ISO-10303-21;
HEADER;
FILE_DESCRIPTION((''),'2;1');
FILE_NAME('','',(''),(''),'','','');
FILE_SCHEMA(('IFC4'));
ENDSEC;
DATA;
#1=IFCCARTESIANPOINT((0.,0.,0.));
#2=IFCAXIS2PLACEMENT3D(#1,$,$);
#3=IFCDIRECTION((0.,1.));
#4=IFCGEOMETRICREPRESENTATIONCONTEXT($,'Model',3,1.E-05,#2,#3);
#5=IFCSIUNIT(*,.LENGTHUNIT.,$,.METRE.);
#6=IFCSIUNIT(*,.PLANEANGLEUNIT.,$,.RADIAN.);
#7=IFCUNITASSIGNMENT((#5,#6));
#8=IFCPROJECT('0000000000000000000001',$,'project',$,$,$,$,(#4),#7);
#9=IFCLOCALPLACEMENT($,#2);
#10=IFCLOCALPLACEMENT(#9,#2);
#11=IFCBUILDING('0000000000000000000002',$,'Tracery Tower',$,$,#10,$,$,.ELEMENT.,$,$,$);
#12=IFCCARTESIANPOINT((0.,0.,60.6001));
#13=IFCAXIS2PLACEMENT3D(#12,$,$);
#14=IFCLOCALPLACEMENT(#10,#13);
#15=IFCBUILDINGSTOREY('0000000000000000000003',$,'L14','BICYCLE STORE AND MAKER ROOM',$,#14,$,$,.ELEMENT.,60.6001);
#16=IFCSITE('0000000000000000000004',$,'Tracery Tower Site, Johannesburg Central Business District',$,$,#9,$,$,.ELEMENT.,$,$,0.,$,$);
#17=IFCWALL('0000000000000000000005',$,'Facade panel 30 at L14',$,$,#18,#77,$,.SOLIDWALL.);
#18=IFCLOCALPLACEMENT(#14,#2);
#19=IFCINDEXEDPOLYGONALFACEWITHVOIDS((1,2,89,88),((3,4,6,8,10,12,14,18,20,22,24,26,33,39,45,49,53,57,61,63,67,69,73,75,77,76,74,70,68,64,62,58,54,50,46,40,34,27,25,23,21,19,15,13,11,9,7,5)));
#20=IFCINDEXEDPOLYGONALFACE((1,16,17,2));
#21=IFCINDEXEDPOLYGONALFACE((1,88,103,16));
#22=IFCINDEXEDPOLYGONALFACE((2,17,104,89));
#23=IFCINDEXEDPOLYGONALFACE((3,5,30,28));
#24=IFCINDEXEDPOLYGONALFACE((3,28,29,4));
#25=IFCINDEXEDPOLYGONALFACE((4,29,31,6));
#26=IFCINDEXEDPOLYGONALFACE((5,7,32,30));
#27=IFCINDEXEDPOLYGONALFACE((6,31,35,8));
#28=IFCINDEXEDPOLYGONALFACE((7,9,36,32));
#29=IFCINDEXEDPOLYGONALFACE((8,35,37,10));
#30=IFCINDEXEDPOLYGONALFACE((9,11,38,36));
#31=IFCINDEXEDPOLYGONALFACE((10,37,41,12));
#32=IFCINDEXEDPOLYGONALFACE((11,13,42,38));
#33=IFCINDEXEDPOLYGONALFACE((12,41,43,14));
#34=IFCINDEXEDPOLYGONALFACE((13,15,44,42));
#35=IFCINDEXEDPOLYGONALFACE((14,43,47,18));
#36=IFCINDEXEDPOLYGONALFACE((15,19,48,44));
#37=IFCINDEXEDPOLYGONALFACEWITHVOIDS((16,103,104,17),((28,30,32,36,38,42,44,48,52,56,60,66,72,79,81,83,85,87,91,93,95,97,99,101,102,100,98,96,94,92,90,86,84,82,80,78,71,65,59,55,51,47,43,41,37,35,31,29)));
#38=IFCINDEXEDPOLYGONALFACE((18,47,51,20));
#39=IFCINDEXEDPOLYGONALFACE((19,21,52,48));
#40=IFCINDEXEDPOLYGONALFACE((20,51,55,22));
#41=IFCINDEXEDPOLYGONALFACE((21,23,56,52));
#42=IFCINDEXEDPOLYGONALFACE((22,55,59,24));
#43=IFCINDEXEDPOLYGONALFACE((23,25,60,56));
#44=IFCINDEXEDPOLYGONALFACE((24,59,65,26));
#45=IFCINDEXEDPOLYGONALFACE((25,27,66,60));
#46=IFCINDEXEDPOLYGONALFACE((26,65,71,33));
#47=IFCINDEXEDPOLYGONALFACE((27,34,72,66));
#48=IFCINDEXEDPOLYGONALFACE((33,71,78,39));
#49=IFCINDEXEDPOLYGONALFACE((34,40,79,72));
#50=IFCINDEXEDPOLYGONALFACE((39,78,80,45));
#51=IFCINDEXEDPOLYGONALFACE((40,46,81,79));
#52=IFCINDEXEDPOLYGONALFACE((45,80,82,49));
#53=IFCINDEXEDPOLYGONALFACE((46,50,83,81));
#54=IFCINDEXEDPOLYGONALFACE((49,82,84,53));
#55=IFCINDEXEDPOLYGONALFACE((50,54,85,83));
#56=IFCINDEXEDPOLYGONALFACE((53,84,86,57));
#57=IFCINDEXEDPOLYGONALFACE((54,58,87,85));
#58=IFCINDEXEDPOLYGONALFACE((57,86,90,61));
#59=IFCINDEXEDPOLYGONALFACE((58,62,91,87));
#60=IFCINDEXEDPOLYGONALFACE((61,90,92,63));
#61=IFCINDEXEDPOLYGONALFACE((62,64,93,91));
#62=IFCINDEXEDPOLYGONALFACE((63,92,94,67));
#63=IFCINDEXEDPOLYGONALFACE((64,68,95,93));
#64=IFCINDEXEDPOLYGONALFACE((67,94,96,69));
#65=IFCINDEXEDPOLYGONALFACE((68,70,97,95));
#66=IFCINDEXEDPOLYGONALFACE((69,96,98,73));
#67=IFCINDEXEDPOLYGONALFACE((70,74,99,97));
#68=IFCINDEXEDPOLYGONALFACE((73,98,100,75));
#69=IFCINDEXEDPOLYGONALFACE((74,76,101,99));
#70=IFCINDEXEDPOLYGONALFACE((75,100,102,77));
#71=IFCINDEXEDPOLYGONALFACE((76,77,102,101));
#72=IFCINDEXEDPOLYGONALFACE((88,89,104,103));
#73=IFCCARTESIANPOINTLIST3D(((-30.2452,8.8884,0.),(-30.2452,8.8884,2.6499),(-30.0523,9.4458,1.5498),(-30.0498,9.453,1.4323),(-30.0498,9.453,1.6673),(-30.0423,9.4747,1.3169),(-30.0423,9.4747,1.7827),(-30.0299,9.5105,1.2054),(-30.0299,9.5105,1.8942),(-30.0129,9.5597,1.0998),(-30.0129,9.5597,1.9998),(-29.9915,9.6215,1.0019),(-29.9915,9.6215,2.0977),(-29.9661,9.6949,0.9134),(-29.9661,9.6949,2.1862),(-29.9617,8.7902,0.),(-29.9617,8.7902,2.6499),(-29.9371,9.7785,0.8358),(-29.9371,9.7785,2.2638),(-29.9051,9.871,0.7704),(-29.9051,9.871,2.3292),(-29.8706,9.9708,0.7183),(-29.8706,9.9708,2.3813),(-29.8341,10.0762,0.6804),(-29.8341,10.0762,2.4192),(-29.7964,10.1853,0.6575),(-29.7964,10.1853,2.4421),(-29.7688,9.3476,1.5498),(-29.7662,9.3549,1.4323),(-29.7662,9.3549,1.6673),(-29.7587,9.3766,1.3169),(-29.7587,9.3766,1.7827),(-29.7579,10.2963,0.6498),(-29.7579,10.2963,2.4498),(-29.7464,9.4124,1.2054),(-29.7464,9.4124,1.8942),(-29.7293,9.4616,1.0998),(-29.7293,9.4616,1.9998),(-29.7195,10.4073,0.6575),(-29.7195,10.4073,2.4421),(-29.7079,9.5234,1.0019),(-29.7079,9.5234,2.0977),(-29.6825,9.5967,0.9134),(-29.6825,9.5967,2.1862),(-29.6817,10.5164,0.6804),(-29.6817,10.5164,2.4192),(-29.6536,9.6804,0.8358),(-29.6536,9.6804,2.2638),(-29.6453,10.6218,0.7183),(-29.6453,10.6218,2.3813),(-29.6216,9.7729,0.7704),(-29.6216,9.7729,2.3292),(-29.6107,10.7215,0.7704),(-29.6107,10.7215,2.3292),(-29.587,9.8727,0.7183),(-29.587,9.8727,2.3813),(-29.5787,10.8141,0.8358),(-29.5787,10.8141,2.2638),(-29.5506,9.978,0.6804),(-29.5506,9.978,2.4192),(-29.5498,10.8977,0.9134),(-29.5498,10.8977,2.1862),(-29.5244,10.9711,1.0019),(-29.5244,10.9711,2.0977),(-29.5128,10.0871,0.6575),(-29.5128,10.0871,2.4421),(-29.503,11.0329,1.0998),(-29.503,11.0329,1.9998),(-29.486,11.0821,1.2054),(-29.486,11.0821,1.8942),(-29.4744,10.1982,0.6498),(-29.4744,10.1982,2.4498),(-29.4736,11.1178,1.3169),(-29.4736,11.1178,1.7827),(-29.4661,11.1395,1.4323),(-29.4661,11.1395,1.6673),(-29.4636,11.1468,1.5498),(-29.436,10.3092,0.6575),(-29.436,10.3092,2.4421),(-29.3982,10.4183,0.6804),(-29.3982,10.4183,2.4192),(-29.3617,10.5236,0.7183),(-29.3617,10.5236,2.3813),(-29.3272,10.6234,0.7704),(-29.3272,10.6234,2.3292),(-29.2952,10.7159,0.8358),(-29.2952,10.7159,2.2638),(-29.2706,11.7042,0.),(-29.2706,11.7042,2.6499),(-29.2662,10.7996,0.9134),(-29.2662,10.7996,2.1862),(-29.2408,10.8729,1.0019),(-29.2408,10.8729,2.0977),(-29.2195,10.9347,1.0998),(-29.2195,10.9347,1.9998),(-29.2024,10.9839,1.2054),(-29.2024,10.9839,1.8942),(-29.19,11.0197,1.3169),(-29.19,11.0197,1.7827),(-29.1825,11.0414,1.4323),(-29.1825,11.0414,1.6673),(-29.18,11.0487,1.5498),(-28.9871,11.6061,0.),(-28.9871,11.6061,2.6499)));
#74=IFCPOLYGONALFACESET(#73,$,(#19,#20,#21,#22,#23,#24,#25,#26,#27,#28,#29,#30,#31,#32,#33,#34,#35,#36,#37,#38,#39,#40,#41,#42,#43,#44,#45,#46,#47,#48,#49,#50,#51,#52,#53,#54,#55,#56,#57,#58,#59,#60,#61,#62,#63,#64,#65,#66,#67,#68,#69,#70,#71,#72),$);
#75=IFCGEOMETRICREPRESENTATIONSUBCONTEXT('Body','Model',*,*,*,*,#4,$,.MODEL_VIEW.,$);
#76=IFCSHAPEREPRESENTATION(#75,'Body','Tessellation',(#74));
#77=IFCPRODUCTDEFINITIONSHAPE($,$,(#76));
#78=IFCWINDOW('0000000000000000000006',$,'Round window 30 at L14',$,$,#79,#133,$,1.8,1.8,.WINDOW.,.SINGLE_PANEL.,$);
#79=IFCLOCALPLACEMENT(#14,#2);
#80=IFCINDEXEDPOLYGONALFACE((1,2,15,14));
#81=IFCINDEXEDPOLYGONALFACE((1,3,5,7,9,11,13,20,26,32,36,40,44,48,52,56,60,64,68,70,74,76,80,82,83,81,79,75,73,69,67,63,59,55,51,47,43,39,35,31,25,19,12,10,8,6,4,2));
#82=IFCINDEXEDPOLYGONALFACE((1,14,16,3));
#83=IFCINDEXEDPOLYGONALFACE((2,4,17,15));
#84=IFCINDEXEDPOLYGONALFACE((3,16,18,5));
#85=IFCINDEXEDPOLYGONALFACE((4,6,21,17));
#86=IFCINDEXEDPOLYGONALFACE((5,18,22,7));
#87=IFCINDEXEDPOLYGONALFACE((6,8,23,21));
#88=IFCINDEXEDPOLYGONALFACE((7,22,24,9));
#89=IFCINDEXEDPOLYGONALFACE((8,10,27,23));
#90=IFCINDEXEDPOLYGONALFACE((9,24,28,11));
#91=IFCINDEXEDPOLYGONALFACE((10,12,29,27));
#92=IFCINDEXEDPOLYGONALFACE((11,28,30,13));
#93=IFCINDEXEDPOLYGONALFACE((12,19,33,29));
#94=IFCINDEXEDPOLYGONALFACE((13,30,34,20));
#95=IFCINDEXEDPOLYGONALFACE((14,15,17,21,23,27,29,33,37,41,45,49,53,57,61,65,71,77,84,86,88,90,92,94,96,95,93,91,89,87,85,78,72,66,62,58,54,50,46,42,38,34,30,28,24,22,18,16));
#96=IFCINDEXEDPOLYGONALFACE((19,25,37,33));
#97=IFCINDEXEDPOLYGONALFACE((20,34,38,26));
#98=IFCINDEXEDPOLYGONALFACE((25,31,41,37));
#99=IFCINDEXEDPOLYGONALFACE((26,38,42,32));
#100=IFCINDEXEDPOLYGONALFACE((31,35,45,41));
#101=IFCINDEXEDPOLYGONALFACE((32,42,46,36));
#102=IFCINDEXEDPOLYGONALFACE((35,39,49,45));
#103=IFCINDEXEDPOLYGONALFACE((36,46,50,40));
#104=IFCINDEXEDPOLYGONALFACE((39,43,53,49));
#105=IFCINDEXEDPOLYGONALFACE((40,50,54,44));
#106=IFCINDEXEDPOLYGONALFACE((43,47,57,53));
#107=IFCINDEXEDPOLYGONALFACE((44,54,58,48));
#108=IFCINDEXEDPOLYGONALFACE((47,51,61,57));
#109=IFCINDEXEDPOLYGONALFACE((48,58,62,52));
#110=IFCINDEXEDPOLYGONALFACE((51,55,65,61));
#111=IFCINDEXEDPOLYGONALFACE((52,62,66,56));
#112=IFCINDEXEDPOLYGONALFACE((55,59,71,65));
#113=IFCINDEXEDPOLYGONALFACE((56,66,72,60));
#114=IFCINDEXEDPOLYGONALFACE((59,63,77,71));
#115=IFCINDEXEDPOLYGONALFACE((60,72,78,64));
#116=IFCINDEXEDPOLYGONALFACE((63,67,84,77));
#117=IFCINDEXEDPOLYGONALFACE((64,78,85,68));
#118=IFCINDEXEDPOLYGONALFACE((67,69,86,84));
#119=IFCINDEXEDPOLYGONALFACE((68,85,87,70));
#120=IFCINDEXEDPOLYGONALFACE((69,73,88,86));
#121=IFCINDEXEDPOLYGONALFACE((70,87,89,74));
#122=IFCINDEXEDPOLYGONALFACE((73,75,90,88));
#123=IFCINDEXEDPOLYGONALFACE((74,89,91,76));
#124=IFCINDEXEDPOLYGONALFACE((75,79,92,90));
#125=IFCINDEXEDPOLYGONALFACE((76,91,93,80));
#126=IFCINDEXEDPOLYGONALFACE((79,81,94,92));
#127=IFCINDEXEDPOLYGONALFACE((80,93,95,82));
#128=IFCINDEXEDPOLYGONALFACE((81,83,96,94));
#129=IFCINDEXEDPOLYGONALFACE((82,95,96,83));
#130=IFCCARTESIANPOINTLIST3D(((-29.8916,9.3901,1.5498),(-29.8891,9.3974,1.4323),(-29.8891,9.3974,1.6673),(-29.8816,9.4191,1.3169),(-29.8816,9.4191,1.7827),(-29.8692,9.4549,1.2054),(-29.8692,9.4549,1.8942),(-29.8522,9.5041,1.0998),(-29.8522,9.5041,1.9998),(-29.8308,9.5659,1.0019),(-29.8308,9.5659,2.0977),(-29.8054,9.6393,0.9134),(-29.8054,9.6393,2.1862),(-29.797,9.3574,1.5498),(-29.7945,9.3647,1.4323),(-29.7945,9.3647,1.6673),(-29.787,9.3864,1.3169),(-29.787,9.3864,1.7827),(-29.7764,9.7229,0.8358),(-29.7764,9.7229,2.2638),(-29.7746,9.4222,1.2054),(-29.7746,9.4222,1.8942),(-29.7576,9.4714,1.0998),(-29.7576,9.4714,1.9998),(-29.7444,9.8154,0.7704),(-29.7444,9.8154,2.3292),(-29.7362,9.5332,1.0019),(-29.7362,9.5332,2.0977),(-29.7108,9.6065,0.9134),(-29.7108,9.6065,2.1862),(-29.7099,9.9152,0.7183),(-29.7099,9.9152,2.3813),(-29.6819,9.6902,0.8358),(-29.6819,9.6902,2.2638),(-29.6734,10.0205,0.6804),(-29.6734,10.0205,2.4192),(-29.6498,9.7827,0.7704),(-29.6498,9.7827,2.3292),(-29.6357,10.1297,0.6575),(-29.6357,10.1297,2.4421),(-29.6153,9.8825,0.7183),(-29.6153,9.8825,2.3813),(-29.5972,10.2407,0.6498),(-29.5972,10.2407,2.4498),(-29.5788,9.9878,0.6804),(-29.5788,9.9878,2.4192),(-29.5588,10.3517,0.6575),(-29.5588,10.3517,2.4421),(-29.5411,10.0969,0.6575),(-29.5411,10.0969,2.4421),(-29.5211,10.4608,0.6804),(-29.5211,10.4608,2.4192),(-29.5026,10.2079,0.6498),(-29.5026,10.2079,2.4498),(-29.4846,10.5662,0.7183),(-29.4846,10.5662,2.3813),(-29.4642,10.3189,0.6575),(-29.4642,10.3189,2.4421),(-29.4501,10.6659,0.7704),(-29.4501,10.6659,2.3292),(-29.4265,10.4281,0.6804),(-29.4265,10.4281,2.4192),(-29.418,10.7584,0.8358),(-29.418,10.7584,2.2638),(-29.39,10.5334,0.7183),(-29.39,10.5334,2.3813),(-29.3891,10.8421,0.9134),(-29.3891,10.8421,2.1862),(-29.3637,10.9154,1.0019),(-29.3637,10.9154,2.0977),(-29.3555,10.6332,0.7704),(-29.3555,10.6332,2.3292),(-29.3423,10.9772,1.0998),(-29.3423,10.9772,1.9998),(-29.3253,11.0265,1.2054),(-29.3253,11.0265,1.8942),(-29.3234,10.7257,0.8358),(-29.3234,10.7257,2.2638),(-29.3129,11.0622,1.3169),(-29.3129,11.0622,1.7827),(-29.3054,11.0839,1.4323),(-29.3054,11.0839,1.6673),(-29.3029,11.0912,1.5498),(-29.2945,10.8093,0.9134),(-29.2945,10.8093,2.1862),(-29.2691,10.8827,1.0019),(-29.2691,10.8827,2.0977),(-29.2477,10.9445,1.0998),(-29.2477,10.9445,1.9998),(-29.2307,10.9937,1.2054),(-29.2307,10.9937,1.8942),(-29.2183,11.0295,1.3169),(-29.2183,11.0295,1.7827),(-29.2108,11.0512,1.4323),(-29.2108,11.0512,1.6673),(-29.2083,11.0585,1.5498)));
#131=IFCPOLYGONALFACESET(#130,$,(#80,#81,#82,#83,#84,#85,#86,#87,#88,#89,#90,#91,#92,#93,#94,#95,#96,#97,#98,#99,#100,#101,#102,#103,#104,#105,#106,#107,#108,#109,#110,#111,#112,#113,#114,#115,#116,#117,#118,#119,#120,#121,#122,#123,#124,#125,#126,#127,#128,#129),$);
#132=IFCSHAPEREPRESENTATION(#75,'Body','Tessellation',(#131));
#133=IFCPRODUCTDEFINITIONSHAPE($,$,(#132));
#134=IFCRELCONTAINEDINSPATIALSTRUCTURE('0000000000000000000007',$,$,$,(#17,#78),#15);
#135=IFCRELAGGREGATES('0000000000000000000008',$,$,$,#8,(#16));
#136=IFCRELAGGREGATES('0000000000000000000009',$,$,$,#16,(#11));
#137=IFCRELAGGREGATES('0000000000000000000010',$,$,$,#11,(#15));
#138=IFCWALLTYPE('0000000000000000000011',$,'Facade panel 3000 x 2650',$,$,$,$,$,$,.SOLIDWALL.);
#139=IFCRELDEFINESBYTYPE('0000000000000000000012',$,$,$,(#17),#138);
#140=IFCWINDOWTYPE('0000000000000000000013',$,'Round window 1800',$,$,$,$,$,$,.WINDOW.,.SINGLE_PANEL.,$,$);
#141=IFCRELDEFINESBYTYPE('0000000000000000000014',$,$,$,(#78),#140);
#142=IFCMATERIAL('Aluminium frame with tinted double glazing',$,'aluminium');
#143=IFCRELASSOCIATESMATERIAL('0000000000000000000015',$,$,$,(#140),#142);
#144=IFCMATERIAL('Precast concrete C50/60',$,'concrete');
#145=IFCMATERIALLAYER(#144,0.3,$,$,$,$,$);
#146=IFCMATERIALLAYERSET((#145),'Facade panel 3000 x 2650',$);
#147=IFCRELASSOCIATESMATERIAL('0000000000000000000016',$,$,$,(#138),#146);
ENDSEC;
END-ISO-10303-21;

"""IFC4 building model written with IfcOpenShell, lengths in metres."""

from ifc_helpers import new_model, si_unit, direction, frame, frame_2d, origin, origin_2d, place, context, subcontext, project, spatial, rectangle, circle, extrude, material, layer, layer_set, type_object, element, fill, save


model = new_model("IFC4")

# Units and contexts
model_context = context("Model", 3, precision=1e-05, world=origin(), true_north=direction((0.0, 1.0)))
body_context = subcontext(model_context, "Body", "Model", "MODEL_VIEW")
ifc_project = project(units=[si_unit("LENGTHUNIT", "METRE"), si_unit("PLANEANGLEUNIT", "RADIAN")], contexts=[model_context])

# Site, building, storey
site_placement = place(None, origin())
site = spatial("IfcSite", under=ifc_project, at=site_placement, Name="Tracery Tower Site, Johannesburg Central Business District", CompositionType="ELEMENT", RefElevation=0.0)
building_placement = place(site_placement, origin())
building = spatial("IfcBuilding", under=site, at=building_placement, Name="Tracery Tower", CompositionType="ELEMENT")
storey_placement = place(building_placement, frame((0.0, 0.0, 60.6001)))
storey = spatial("IfcBuildingStorey", under=building, at=storey_placement, Name="L14", Description="BICYCLE STORE AND MAKER ROOM", CompositionType="ELEMENT", Elevation=60.6001)

# Wall, opening, window
ifc_material_1 = material(Name="Aluminium frame with tinted double glazing", Category="aluminium")
window_type = type_object("IfcWindowType", Name="Round window 1800", PartitioningType="SINGLE_PANEL", PredefinedType="WINDOW", material=ifc_material_1)
ifc_material_2 = material(Name="Precast concrete C50/60", Category="concrete")
ifc_layer_1 = layer(ifc_material_2, 0.3)
ifc_layer_set_1 = layer_set([ifc_layer_1], Name="Facade panel 3000 x 2650")
wall_type_1 = type_object("IfcWallType", Name="Facade panel 3000 x 2650", PredefinedType="SOLIDWALL", material=ifc_layer_set_1)
wall_1_placement = place(storey_placement, frame((-29.1289, 11.655, 0.0), z_axis=(0.0, 0.0, 1.0), x_axis=(-0.327071, -0.945, 0.0)))
wall_1 = element("IfcWall", 1, at=wall_1_placement, inside=storey, type_object=wall_type_1, Name="Facade panel 30 at L14", PredefinedType="SOLIDWALL", context=body_context, shape_type="SweptSolid", body=[
    extrude(rectangle(XDim=2.9797, YDim=0.3, at=frame_2d((1.4897, 0.0))), origin(), (0.0, 0.0, 1.0), 2.6499),
])
opening_1_placement = place(wall_1_placement, frame((1.4897, 0.0, 1.5498)))
opening_1 = element("IfcOpeningElement", 2, at=opening_1_placement, cuts=wall_1, PredefinedType="OPENING", context=body_context, shape_type="SweptSolid", body=[
    extrude(circle(Radius=0.9, at=origin_2d()), frame((0.0, 0.1599, 0.0), z_axis=(0.0, -1.0, 0.0), x_axis=(1.0, 0.0, 0.0)), (0.0, 0.0, 1.0), 0.3201),
])
window_1_placement = place(opening_1_placement, origin())
window_1 = element("IfcWindow", 3, at=window_1_placement, inside=storey, type_object=window_type, Name="Round window 30 at L14", OverallHeight=1.8, OverallWidth=1.8, PartitioningType="SINGLE_PANEL", PredefinedType="WINDOW", context=body_context, shape_type="SweptSolid", body=[
    extrude(circle(Radius=0.9, at=origin_2d()), frame((0.0, 0.1201, 0.0), z_axis=(0.0, -1.0, 0.0), x_axis=(1.0, 0.0, 0.0)), (0.0, 0.0, 1.0), 0.1001),
])
fill(opening_1, window_1)

save(model, "model.ifc")
